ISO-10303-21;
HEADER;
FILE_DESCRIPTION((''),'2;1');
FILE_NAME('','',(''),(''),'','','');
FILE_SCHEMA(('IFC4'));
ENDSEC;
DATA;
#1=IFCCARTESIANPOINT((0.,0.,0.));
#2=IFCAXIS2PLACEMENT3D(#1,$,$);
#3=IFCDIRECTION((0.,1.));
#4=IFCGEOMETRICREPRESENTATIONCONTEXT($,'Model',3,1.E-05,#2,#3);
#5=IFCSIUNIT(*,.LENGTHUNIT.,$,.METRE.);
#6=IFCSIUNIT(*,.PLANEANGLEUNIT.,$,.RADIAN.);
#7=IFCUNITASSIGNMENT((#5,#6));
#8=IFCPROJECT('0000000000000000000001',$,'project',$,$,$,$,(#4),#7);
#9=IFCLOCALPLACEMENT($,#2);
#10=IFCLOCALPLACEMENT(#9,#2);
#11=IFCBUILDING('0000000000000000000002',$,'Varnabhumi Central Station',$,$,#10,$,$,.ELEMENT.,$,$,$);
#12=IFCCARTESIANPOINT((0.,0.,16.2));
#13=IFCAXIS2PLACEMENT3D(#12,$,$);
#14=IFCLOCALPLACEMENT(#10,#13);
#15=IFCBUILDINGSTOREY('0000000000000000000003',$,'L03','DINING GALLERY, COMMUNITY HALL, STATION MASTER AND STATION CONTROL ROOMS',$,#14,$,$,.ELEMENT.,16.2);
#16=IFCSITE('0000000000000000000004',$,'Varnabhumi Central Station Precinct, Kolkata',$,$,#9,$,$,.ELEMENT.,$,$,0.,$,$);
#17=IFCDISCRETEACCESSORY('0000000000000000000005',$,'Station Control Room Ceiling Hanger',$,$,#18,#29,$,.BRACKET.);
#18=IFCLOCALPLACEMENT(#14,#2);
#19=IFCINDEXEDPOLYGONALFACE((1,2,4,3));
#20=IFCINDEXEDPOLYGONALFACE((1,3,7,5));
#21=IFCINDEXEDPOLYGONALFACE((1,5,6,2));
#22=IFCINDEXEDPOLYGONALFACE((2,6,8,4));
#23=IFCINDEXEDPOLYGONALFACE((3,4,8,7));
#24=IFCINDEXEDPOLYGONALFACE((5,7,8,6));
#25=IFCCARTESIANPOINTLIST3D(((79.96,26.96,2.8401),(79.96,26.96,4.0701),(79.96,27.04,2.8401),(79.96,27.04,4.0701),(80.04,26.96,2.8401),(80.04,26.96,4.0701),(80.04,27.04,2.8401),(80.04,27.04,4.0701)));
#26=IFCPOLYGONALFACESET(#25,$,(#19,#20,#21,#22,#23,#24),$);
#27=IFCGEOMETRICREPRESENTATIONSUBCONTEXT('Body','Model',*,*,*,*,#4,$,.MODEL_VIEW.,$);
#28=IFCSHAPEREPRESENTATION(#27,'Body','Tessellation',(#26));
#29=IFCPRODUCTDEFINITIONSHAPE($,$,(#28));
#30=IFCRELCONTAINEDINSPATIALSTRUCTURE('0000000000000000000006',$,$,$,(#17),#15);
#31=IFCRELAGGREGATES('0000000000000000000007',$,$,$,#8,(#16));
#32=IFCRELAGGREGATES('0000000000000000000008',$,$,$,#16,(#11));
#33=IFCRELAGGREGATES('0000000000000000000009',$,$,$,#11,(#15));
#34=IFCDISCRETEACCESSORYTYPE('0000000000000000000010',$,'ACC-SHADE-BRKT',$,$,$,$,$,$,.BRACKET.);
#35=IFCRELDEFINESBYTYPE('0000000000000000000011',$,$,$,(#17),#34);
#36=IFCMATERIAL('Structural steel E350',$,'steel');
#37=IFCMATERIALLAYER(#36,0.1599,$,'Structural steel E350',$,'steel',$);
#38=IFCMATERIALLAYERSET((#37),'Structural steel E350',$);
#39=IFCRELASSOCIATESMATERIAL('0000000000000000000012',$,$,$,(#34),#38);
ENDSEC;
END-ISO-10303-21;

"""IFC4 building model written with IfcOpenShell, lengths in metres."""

from ifc_helpers import new_model, si_unit, direction, frame, origin, origin_2d, place, context, subcontext, project, spatial, rectangle, extrude, material, layer, layer_set, type_object, element, save


model = new_model("IFC4")

# Units and contexts
model_context = context("Model", 3, precision=1e-05, world=origin(), true_north=direction((0.0, 1.0)))
body_context = subcontext(model_context, "Body", "Model", "MODEL_VIEW")
ifc_project = project(units=[si_unit("LENGTHUNIT", "METRE"), si_unit("PLANEANGLEUNIT", "RADIAN")], contexts=[model_context])

# Site, building, storey
site_placement = place(None, origin())
site = spatial("IfcSite", under=ifc_project, at=site_placement, Name="Varnabhumi Central Station Precinct, Kolkata", CompositionType="ELEMENT", RefElevation=0.0)
building_placement = place(site_placement, origin())
building = spatial("IfcBuilding", under=site, at=building_placement, Name="Varnabhumi Central Station", CompositionType="ELEMENT")
storey_placement = place(building_placement, frame((0.0, 0.0, 16.2)))
storey = spatial("IfcBuildingStorey", under=building, at=storey_placement, Name="L03", Description="DINING GALLERY, COMMUNITY HALL, STATION MASTER AND STATION CONTROL ROOMS", CompositionType="ELEMENT", Elevation=16.2)

# Shared definitions
ifc_material_1 = material(Name="Structural steel E350", Category="steel")

# Discrete accessory
ifc_layer_1 = layer(ifc_material_1, 0.1599, Name="Structural steel E350", Category="steel")
ifc_layer_set_1 = layer_set([ifc_layer_1], Name="Structural steel E350")
discrete_accessory_type_1 = type_object("IfcDiscreteAccessoryType", Name="ACC-SHADE-BRKT", PredefinedType="BRACKET", material=ifc_layer_set_1)
discrete_accessory_1_placement = place(storey_placement, frame((80.0, 27.0, 2.8401), z_axis=(0.0, 0.0, 1.0), x_axis=(1.0, 0.0, 0.0)))
element("IfcDiscreteAccessory", 1, at=discrete_accessory_1_placement, inside=storey, type_object=discrete_accessory_type_1, Name="Station Control Room Ceiling Hanger", PredefinedType="BRACKET", context=body_context, shape_type="SweptSolid", body=[
    extrude(rectangle(XDim=0.0801, YDim=0.0801, at=origin_2d()), origin(), (0.0, 0.0, 1.0), 1.23),
])

save(model, "model.ifc")
